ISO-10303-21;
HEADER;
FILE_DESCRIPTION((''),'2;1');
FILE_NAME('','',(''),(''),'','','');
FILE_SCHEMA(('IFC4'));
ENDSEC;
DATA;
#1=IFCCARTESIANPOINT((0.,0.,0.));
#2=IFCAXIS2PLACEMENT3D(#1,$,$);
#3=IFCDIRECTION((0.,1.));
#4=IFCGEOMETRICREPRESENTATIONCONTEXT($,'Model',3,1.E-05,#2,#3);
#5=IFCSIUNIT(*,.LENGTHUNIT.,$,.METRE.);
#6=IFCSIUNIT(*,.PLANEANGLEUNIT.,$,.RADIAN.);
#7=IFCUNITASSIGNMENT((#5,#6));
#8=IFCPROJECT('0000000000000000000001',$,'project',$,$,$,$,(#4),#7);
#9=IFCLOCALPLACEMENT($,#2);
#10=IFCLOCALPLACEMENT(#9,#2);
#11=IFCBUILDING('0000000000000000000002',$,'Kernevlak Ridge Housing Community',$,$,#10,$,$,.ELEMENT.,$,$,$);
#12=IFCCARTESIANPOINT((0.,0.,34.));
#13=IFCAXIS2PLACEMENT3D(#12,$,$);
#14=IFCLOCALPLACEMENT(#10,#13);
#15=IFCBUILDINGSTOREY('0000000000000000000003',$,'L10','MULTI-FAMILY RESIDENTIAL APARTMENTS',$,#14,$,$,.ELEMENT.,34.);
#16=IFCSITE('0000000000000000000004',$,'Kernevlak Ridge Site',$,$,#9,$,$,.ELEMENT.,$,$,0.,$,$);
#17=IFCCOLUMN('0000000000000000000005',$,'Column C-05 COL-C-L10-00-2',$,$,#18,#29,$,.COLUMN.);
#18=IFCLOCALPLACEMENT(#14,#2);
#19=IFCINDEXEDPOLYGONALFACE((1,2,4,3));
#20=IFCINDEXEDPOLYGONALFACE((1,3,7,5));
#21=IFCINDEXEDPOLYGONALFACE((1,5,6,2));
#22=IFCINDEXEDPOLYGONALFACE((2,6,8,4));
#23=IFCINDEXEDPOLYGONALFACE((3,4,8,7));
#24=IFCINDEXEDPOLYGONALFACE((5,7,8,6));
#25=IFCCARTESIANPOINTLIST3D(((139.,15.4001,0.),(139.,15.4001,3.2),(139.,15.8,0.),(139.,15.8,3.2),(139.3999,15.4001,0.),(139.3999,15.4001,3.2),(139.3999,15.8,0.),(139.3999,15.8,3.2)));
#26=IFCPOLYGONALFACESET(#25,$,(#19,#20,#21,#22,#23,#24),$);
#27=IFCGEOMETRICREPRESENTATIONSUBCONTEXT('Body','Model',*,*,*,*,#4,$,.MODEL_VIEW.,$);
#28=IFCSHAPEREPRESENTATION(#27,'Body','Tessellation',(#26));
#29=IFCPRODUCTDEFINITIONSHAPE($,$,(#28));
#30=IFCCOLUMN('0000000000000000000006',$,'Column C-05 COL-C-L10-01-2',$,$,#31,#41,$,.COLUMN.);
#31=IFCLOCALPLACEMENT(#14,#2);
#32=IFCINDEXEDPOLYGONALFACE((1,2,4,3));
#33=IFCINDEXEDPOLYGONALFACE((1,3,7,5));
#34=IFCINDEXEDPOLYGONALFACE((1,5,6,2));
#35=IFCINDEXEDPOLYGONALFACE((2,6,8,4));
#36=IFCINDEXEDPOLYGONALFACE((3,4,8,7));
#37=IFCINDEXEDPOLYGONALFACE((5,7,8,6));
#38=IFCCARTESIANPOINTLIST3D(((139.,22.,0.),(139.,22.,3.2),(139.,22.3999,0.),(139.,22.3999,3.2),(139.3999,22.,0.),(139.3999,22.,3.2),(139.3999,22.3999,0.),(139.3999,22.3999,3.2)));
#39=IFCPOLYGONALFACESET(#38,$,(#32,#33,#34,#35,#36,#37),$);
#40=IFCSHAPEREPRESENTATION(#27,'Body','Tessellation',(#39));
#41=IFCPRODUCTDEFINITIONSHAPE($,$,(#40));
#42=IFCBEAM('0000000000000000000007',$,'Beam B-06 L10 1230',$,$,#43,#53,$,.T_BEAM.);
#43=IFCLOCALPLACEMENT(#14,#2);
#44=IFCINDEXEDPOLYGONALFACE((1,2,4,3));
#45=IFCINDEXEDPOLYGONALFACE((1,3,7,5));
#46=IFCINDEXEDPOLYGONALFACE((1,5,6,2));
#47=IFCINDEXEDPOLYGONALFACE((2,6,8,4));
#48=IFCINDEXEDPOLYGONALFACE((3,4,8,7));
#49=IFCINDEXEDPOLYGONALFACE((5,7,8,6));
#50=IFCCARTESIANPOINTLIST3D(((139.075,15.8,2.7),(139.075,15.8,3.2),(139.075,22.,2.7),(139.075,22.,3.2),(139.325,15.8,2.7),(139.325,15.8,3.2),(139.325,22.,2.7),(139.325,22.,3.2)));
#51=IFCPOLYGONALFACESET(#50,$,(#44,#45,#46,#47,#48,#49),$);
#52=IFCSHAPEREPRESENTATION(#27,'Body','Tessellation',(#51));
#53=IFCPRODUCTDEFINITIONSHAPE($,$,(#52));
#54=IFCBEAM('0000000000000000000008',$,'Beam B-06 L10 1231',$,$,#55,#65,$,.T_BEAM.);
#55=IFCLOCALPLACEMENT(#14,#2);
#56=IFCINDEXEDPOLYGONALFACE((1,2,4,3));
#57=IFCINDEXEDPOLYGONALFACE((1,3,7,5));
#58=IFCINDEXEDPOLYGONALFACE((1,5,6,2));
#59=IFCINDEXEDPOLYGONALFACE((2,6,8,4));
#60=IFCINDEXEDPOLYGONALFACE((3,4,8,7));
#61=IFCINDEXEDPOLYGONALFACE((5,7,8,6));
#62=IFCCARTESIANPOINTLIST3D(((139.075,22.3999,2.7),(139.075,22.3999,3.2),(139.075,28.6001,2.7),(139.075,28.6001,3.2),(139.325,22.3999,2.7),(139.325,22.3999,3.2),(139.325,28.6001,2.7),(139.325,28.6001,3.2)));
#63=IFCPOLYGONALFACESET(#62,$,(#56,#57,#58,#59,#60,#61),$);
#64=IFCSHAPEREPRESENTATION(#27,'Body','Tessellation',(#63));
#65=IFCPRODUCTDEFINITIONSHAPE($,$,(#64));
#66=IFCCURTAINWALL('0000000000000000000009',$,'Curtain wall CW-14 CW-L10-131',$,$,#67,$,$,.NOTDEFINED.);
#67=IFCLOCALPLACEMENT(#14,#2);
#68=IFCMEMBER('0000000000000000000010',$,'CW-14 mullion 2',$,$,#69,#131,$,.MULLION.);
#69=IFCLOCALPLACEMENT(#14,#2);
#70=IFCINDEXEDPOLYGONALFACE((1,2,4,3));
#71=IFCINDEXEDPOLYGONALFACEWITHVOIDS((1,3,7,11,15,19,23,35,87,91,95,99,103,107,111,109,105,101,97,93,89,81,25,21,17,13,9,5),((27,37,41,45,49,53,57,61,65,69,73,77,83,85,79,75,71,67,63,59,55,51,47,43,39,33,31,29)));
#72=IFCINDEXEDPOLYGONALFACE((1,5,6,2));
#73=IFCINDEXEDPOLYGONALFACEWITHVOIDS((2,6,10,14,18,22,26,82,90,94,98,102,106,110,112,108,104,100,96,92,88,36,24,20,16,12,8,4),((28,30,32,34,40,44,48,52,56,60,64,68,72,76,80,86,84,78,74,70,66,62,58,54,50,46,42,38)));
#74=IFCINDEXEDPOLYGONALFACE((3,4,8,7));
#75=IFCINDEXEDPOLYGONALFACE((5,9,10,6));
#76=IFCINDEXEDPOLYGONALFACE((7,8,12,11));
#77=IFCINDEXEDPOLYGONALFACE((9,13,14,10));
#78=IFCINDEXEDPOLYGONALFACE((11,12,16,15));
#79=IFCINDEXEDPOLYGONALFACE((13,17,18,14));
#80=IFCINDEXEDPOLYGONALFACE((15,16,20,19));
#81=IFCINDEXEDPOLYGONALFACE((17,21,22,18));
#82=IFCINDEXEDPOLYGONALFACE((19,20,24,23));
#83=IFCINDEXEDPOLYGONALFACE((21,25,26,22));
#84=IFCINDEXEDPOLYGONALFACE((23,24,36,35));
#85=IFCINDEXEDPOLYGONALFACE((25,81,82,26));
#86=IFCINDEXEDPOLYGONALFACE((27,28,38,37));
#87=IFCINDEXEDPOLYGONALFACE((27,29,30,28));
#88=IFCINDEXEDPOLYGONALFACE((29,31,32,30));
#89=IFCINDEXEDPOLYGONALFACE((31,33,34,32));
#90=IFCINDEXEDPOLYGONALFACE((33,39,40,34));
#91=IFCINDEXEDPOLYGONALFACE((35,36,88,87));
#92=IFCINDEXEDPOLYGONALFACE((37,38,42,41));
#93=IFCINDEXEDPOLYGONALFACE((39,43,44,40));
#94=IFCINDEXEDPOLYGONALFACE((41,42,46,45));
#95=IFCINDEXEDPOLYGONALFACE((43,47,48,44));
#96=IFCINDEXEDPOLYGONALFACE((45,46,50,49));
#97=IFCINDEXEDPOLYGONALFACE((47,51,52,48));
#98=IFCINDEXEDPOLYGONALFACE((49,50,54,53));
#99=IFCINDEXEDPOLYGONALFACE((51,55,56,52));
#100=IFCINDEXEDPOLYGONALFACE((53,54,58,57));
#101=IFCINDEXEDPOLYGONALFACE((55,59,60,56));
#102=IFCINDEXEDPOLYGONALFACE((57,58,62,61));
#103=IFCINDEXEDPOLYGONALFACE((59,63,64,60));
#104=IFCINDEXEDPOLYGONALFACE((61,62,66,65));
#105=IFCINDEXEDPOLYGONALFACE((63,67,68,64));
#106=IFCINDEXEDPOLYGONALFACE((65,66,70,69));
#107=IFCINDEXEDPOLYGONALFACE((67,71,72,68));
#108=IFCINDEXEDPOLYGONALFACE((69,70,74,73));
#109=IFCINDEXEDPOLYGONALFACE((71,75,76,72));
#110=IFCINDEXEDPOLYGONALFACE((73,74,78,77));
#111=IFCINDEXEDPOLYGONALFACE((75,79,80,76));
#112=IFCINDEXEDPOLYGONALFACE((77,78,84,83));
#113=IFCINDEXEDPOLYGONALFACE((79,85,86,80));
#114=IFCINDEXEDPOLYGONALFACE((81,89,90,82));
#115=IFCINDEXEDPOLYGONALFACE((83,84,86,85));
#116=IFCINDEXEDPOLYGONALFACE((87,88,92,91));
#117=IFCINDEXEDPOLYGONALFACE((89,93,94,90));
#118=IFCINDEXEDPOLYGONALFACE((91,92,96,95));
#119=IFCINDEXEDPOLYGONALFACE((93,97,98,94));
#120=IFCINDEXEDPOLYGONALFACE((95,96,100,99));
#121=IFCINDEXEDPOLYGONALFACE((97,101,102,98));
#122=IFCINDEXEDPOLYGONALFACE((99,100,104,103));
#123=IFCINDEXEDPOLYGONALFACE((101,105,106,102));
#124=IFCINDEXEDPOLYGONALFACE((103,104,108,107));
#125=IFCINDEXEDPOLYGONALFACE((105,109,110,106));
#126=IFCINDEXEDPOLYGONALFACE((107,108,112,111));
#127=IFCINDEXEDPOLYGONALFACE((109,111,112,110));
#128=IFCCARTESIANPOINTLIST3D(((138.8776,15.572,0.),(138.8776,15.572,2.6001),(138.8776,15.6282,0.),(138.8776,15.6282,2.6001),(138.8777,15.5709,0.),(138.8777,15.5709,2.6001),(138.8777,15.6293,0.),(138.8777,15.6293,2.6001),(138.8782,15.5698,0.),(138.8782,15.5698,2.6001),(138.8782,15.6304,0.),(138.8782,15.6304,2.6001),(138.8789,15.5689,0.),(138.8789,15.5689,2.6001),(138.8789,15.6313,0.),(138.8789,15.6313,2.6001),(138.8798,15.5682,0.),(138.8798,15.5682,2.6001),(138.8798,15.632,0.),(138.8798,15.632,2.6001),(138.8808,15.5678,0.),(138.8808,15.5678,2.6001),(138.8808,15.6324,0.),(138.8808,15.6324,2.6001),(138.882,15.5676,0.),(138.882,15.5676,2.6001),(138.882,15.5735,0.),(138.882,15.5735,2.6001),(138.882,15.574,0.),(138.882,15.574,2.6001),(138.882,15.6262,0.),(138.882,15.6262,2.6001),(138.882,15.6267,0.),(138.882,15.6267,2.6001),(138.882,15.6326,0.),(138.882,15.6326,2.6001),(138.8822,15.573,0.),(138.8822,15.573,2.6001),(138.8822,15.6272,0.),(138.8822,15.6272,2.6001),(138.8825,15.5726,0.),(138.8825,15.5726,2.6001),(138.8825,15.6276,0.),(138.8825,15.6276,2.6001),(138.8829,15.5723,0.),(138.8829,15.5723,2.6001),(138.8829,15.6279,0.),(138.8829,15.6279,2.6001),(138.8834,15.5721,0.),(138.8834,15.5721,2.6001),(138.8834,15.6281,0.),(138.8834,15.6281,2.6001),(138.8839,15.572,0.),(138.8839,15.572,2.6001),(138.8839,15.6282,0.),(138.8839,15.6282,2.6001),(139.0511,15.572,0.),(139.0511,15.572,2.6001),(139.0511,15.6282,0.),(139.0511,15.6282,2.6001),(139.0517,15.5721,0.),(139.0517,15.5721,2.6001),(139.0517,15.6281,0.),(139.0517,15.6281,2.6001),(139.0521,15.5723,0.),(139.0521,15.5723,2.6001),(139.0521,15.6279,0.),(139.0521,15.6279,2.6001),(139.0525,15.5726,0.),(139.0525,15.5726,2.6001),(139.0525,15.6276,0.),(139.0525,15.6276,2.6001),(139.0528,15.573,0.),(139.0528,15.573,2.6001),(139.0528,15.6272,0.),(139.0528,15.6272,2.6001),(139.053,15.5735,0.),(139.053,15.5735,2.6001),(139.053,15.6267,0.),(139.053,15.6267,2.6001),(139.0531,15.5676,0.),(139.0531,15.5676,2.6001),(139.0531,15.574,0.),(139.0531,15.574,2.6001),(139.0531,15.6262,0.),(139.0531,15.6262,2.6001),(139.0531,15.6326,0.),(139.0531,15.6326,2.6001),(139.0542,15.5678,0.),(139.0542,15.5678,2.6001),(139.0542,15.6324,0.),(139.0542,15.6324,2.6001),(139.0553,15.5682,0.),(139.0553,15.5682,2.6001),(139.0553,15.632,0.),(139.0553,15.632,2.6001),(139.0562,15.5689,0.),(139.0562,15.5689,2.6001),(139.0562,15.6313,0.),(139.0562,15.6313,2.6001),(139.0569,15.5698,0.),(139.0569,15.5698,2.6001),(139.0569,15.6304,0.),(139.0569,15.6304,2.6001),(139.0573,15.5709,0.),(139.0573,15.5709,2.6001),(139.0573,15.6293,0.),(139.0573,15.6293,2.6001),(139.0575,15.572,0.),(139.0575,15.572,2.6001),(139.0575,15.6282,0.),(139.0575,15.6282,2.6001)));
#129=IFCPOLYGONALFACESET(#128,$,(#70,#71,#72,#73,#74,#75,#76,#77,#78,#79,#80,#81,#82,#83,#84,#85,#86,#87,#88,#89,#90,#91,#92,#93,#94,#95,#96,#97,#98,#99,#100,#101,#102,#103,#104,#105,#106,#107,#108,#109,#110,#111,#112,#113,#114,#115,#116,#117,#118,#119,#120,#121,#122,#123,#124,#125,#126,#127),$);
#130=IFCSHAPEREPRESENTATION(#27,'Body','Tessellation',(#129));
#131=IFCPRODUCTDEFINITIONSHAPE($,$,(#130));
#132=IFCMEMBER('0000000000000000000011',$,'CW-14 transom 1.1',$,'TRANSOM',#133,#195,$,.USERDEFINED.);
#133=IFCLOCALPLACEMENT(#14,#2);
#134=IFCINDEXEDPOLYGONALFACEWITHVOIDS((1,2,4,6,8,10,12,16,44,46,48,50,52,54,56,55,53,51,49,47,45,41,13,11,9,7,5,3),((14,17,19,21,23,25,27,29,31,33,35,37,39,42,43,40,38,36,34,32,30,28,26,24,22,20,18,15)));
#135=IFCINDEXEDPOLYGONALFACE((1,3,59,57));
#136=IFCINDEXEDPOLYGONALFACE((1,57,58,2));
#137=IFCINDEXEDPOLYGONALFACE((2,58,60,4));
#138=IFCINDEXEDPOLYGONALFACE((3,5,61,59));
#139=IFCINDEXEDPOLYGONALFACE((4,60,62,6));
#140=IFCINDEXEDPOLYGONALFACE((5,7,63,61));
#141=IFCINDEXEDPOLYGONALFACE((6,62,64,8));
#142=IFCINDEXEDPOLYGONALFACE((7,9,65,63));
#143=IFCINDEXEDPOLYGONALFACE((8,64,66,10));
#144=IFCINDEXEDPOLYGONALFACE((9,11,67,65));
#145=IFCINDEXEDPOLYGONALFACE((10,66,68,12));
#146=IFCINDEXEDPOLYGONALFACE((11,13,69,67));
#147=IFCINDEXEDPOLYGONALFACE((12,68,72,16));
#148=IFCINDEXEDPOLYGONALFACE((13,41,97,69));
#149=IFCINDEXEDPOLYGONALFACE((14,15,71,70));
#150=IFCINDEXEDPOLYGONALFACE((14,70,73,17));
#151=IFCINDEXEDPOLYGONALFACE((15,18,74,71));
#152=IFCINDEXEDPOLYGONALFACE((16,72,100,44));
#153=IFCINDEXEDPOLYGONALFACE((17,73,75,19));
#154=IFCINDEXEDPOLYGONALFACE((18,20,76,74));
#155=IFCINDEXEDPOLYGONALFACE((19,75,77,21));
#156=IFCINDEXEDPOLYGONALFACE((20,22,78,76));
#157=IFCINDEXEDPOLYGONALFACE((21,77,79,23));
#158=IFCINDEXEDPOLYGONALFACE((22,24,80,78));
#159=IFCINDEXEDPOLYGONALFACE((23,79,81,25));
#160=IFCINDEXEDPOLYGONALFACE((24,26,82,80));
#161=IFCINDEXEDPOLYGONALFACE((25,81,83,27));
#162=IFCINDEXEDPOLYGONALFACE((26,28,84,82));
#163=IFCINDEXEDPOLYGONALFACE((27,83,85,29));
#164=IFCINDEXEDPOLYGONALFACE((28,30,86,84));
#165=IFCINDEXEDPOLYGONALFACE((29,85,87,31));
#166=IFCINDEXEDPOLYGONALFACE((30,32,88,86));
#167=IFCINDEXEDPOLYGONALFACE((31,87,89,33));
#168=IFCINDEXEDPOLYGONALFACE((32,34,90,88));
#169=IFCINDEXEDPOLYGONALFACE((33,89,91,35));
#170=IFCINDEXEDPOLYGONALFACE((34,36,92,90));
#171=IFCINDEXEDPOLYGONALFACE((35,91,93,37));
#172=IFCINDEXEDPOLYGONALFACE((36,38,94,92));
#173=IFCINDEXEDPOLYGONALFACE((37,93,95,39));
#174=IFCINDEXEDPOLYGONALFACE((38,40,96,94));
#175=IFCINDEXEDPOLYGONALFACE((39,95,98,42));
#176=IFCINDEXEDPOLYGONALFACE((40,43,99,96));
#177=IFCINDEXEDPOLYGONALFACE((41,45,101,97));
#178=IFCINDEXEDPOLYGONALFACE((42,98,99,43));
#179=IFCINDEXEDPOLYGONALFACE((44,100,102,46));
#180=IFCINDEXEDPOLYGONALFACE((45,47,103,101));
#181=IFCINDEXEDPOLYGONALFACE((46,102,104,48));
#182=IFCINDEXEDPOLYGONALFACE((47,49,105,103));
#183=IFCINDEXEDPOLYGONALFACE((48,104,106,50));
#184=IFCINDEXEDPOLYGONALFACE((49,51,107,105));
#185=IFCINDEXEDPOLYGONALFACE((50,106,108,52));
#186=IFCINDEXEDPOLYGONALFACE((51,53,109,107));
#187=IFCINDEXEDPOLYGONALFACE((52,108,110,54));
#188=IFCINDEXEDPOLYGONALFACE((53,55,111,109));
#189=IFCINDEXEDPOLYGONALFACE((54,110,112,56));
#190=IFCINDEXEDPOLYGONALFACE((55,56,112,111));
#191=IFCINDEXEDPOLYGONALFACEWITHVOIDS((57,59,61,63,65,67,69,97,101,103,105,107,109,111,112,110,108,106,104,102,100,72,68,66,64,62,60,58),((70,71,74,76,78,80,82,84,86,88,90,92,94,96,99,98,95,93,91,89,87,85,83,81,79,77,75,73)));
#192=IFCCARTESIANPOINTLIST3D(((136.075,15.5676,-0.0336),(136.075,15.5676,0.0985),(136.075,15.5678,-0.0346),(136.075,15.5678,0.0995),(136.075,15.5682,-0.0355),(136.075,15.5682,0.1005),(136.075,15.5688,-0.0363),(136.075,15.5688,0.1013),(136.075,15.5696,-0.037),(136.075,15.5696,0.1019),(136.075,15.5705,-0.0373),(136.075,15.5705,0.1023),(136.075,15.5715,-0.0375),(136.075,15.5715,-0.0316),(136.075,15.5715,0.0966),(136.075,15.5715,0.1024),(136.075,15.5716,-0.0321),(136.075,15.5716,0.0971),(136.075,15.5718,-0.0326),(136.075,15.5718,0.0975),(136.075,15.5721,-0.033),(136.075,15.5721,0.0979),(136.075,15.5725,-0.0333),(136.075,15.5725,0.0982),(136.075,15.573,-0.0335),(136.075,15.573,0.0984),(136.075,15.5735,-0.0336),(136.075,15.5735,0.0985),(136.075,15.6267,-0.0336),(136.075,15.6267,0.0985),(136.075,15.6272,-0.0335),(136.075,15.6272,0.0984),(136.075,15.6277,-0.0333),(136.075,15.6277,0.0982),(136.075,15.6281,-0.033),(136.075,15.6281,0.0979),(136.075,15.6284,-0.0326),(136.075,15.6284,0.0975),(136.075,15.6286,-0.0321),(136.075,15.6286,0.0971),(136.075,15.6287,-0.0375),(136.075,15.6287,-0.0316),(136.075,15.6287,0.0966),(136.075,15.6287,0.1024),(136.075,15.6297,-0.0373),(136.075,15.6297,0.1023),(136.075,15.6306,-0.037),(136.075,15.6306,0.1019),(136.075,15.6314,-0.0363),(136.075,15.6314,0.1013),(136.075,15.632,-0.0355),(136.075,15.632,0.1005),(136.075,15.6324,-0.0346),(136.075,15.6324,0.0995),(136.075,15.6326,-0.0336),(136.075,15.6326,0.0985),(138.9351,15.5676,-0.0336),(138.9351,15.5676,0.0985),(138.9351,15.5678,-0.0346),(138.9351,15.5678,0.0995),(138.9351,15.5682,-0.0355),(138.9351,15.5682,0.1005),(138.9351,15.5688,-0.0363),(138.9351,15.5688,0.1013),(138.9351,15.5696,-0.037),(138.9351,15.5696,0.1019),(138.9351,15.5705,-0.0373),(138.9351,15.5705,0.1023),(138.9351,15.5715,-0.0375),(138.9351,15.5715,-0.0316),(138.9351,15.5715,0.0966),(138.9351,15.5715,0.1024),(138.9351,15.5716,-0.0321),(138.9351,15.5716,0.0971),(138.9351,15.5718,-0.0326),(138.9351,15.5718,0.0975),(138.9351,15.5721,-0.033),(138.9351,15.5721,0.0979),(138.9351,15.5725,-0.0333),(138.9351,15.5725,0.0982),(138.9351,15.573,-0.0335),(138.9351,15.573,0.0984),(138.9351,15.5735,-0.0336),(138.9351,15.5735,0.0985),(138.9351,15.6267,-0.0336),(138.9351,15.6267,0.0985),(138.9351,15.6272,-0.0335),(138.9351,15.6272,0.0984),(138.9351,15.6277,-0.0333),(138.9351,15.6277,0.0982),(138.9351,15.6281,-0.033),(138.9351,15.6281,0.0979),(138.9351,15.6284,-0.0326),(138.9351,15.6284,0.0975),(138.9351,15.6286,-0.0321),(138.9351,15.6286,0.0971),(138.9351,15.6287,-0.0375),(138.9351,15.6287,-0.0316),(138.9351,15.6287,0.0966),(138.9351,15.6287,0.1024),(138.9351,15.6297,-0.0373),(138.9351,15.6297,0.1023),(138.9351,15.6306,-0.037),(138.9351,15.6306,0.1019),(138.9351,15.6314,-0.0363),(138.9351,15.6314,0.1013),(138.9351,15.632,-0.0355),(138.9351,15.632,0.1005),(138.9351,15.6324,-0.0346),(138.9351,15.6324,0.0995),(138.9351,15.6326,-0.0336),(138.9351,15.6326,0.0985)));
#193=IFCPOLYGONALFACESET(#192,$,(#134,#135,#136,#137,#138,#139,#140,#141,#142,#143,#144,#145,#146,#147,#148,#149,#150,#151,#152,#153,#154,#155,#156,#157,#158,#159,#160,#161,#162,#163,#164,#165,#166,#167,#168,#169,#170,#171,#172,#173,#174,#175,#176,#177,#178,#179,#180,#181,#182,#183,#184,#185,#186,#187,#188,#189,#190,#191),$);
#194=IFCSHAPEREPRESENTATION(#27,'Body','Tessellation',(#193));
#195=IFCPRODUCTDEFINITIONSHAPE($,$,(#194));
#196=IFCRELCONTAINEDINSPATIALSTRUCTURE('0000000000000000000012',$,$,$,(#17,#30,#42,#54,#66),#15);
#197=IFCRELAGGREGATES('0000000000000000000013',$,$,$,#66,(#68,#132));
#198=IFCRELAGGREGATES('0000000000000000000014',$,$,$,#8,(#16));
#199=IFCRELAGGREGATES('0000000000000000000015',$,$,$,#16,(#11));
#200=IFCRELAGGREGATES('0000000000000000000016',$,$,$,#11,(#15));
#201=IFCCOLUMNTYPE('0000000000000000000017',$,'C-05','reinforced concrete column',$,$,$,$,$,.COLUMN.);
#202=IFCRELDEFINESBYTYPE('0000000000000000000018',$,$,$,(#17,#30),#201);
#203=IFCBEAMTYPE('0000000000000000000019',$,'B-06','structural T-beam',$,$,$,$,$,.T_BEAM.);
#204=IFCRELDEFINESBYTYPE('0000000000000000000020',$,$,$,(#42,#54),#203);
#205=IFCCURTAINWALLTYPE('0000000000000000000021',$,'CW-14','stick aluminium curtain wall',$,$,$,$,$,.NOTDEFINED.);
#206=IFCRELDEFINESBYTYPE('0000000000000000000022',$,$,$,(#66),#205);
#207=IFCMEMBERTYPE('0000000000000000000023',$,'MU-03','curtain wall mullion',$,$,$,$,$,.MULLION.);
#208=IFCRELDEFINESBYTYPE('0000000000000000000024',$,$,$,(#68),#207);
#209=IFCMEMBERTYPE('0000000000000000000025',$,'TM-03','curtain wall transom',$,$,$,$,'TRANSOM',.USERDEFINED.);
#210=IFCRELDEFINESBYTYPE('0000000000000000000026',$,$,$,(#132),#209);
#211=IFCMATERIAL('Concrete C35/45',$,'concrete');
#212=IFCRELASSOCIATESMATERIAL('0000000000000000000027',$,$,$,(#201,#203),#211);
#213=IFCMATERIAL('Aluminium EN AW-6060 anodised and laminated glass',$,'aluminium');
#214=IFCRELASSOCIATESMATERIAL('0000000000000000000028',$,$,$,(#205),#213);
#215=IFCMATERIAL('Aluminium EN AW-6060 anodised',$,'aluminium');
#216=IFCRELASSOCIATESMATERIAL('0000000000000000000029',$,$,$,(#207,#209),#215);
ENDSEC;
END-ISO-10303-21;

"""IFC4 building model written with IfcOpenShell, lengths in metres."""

from ifc_helpers import new_model, si_unit, direction, frame, origin, origin_2d, place, context, subcontext, project, spatial, rectangle, hollow_rectangle, extrude, material, material_profile, profile_set, type_object, element, aggregate, save


model = new_model("IFC4")

# Units and contexts
model_context = context("Model", 3, precision=1e-05, world=origin(), true_north=direction((0.0, 1.0)))
body_context = subcontext(model_context, "Body", "Model", "MODEL_VIEW")
ifc_project = project(units=[si_unit("LENGTHUNIT", "METRE"), si_unit("PLANEANGLEUNIT", "RADIAN")], contexts=[model_context])

# Site, building, storey
site_placement = place(None, origin())
site = spatial("IfcSite", under=ifc_project, at=site_placement, Name="Kernevlak Ridge Site", CompositionType="ELEMENT", RefElevation=0.0)
building_placement = place(site_placement, origin())
building = spatial("IfcBuilding", under=site, at=building_placement, Name="Kernevlak Ridge Housing Community", CompositionType="ELEMENT")
storey_placement = place(building_placement, frame((0.0, 0.0, 34.0)))
storey = spatial("IfcBuildingStorey", under=building, at=storey_placement, Name="L10", Description="MULTI-FAMILY RESIDENTIAL APARTMENTS", CompositionType="ELEMENT", Elevation=34.0)

# Columns
ifc_material_1 = material(Name="Concrete C35/45", Category="concrete")
ifc_material_profile_1 = material_profile(ifc_material_1, rectangle(XDim=0.3999, YDim=0.3999, at=origin_2d()), Name="RC 400x400")
ifc_profile_set_1 = profile_set([ifc_material_profile_1], Name="Concrete C35/45")
column_type = type_object("IfcColumnType", Name="C-05", Description="reinforced concrete column", PredefinedType="COLUMN", material=ifc_profile_set_1)
for number, where, z_axis, x_axis, name in (
    (1, (139.2, 15.6001, 0.0), (0.0, 0.0, 1.0), (1.0, 0.0, 0.0), "Column C-05 COL-C-L10-00-2"),
    (2, (139.2, 22.2, 0.0), (0.0, 0.0, 1.0), (1.0, 0.0, 0.0), "Column C-05 COL-C-L10-01-2"),
):
    element("IfcColumn", number, at=place(storey_placement, frame(where, z_axis=z_axis, x_axis=x_axis)), inside=storey, type_object=column_type, Name=name, PredefinedType="COLUMN", context=body_context, shape_type="SweptSolid", body=[
        extrude(rectangle(XDim=0.3999, YDim=0.3999, at=origin_2d()), origin(), (0.0, 0.0, 1.0), 3.2),
    ])

# Beams
ifc_material_profile_2 = material_profile(ifc_material_1, rectangle(XDim=0.25, YDim=0.5, at=origin_2d()), Name="RC 250x500")
ifc_profile_set_2 = profile_set([ifc_material_profile_2], Name="Concrete C35/45")
beam_type = type_object("IfcBeamType", Name="B-06", Description="structural T-beam", PredefinedType="T_BEAM", material=ifc_profile_set_2)
beam_1_placement = place(storey_placement, frame((139.2, 15.8, 2.95), z_axis=(0.0, 1.0, 0.0), x_axis=(-1.0, 0.0, 0.0)))
element("IfcBeam", 3, at=beam_1_placement, inside=storey, type_object=beam_type, Name="Beam B-06 L10 1230", PredefinedType="T_BEAM", context=body_context, shape_type="SweptSolid", body=[
    extrude(rectangle(XDim=0.25, YDim=0.5, at=origin_2d()), origin(), (0.0, 0.0, 1.0), 6.2),
])
beam_2_placement = place(storey_placement, frame((139.2, 22.3999, 2.95), z_axis=(0.0, 1.0, 0.0), x_axis=(-1.0, 0.0, 0.0)))
element("IfcBeam", 4, at=beam_2_placement, inside=storey, type_object=beam_type, Name="Beam B-06 L10 1231", PredefinedType="T_BEAM", context=body_context, shape_type="SweptSolid", body=[
    extrude(rectangle(XDim=0.25, YDim=0.5, at=origin_2d()), origin(), (0.0, 0.0, 1.0), 6.2002),
])

# Curtain wall, members
ifc_material_2 = material(Name="Aluminium EN AW-6060 anodised and laminated glass", Category="aluminium")
curtain_wall_type = type_object("IfcCurtainWallType", Name="CW-14", Description="stick aluminium curtain wall", PredefinedType="NOTDEFINED", material=ifc_material_2)
curtain_wall_placement = place(storey_placement, origin())
curtain_wall = element("IfcCurtainWall", 5, at=curtain_wall_placement, inside=storey, type_object=curtain_wall_type, Name="Curtain wall CW-14 CW-L10-131", PredefinedType="NOTDEFINED")
ifc_material_3 = material(Name="Aluminium EN AW-6060 anodised", Category="aluminium")
ifc_material_profile_3 = material_profile(ifc_material_3, hollow_rectangle(XDim=0.0649, YDim=0.1799, WallThickness=0.0044, InnerFilletRadius=0.002, OuterFilletRadius=0.0044, at=origin_2d()), Name="ALU 65x180x4.5")
ifc_profile_set_3 = profile_set([ifc_material_profile_3], Name="Aluminium EN AW-6060 anodised")
member_type_1 = type_object("IfcMemberType", Name="MU-03", Description="curtain wall mullion", PredefinedType="MULLION", material=ifc_profile_set_3)
member_1_placement = place(storey_placement, frame((138.9675, 15.6001, 0.0), z_axis=(0.0, 0.0, 1.0), x_axis=(0.0, 1.0, 0.0)))
member_1 = element("IfcMember", 6, at=member_1_placement, type_object=member_type_1, Name="CW-14 mullion 2", PredefinedType="MULLION", context=body_context, shape_type="SweptSolid", body=[
    extrude(hollow_rectangle(XDim=0.0649, YDim=0.1799, WallThickness=0.0044, InnerFilletRadius=0.002, OuterFilletRadius=0.0044, at=origin_2d()), origin(), (0.0, 0.0, 1.0), 2.6001),
])
ifc_material_profile_4 = material_profile(ifc_material_3, hollow_rectangle(XDim=0.0649, YDim=0.1399, WallThickness=0.0039, InnerFilletRadius=0.002, OuterFilletRadius=0.0039, at=origin_2d()), Name="ALU 65x140x4")
ifc_profile_set_4 = profile_set([ifc_material_profile_4], Name="Aluminium EN AW-6060 anodised")
member_type_2 = type_object("IfcMemberType", Name="TM-03", Description="curtain wall transom", ElementType="TRANSOM", PredefinedType="USERDEFINED", material=ifc_profile_set_4)
member_2_placement = place(storey_placement, frame((136.075, 15.6001, 0.0325), z_axis=(1.0, 0.0, 0.0), x_axis=(0.0, 1.0, 0.0)))
member_2 = element("IfcMember", 7, at=member_2_placement, type_object=member_type_2, Name="CW-14 transom 1.1", ObjectType="TRANSOM", PredefinedType="USERDEFINED", context=body_context, shape_type="SweptSolid", body=[
    extrude(hollow_rectangle(XDim=0.0649, YDim=0.1399, WallThickness=0.0039, InnerFilletRadius=0.002, OuterFilletRadius=0.0039, at=origin_2d()), origin(), (0.0, 0.0, 1.0), 2.8601),
])
aggregate(curtain_wall, [member_1, member_2])

save(model, "model.ifc")
